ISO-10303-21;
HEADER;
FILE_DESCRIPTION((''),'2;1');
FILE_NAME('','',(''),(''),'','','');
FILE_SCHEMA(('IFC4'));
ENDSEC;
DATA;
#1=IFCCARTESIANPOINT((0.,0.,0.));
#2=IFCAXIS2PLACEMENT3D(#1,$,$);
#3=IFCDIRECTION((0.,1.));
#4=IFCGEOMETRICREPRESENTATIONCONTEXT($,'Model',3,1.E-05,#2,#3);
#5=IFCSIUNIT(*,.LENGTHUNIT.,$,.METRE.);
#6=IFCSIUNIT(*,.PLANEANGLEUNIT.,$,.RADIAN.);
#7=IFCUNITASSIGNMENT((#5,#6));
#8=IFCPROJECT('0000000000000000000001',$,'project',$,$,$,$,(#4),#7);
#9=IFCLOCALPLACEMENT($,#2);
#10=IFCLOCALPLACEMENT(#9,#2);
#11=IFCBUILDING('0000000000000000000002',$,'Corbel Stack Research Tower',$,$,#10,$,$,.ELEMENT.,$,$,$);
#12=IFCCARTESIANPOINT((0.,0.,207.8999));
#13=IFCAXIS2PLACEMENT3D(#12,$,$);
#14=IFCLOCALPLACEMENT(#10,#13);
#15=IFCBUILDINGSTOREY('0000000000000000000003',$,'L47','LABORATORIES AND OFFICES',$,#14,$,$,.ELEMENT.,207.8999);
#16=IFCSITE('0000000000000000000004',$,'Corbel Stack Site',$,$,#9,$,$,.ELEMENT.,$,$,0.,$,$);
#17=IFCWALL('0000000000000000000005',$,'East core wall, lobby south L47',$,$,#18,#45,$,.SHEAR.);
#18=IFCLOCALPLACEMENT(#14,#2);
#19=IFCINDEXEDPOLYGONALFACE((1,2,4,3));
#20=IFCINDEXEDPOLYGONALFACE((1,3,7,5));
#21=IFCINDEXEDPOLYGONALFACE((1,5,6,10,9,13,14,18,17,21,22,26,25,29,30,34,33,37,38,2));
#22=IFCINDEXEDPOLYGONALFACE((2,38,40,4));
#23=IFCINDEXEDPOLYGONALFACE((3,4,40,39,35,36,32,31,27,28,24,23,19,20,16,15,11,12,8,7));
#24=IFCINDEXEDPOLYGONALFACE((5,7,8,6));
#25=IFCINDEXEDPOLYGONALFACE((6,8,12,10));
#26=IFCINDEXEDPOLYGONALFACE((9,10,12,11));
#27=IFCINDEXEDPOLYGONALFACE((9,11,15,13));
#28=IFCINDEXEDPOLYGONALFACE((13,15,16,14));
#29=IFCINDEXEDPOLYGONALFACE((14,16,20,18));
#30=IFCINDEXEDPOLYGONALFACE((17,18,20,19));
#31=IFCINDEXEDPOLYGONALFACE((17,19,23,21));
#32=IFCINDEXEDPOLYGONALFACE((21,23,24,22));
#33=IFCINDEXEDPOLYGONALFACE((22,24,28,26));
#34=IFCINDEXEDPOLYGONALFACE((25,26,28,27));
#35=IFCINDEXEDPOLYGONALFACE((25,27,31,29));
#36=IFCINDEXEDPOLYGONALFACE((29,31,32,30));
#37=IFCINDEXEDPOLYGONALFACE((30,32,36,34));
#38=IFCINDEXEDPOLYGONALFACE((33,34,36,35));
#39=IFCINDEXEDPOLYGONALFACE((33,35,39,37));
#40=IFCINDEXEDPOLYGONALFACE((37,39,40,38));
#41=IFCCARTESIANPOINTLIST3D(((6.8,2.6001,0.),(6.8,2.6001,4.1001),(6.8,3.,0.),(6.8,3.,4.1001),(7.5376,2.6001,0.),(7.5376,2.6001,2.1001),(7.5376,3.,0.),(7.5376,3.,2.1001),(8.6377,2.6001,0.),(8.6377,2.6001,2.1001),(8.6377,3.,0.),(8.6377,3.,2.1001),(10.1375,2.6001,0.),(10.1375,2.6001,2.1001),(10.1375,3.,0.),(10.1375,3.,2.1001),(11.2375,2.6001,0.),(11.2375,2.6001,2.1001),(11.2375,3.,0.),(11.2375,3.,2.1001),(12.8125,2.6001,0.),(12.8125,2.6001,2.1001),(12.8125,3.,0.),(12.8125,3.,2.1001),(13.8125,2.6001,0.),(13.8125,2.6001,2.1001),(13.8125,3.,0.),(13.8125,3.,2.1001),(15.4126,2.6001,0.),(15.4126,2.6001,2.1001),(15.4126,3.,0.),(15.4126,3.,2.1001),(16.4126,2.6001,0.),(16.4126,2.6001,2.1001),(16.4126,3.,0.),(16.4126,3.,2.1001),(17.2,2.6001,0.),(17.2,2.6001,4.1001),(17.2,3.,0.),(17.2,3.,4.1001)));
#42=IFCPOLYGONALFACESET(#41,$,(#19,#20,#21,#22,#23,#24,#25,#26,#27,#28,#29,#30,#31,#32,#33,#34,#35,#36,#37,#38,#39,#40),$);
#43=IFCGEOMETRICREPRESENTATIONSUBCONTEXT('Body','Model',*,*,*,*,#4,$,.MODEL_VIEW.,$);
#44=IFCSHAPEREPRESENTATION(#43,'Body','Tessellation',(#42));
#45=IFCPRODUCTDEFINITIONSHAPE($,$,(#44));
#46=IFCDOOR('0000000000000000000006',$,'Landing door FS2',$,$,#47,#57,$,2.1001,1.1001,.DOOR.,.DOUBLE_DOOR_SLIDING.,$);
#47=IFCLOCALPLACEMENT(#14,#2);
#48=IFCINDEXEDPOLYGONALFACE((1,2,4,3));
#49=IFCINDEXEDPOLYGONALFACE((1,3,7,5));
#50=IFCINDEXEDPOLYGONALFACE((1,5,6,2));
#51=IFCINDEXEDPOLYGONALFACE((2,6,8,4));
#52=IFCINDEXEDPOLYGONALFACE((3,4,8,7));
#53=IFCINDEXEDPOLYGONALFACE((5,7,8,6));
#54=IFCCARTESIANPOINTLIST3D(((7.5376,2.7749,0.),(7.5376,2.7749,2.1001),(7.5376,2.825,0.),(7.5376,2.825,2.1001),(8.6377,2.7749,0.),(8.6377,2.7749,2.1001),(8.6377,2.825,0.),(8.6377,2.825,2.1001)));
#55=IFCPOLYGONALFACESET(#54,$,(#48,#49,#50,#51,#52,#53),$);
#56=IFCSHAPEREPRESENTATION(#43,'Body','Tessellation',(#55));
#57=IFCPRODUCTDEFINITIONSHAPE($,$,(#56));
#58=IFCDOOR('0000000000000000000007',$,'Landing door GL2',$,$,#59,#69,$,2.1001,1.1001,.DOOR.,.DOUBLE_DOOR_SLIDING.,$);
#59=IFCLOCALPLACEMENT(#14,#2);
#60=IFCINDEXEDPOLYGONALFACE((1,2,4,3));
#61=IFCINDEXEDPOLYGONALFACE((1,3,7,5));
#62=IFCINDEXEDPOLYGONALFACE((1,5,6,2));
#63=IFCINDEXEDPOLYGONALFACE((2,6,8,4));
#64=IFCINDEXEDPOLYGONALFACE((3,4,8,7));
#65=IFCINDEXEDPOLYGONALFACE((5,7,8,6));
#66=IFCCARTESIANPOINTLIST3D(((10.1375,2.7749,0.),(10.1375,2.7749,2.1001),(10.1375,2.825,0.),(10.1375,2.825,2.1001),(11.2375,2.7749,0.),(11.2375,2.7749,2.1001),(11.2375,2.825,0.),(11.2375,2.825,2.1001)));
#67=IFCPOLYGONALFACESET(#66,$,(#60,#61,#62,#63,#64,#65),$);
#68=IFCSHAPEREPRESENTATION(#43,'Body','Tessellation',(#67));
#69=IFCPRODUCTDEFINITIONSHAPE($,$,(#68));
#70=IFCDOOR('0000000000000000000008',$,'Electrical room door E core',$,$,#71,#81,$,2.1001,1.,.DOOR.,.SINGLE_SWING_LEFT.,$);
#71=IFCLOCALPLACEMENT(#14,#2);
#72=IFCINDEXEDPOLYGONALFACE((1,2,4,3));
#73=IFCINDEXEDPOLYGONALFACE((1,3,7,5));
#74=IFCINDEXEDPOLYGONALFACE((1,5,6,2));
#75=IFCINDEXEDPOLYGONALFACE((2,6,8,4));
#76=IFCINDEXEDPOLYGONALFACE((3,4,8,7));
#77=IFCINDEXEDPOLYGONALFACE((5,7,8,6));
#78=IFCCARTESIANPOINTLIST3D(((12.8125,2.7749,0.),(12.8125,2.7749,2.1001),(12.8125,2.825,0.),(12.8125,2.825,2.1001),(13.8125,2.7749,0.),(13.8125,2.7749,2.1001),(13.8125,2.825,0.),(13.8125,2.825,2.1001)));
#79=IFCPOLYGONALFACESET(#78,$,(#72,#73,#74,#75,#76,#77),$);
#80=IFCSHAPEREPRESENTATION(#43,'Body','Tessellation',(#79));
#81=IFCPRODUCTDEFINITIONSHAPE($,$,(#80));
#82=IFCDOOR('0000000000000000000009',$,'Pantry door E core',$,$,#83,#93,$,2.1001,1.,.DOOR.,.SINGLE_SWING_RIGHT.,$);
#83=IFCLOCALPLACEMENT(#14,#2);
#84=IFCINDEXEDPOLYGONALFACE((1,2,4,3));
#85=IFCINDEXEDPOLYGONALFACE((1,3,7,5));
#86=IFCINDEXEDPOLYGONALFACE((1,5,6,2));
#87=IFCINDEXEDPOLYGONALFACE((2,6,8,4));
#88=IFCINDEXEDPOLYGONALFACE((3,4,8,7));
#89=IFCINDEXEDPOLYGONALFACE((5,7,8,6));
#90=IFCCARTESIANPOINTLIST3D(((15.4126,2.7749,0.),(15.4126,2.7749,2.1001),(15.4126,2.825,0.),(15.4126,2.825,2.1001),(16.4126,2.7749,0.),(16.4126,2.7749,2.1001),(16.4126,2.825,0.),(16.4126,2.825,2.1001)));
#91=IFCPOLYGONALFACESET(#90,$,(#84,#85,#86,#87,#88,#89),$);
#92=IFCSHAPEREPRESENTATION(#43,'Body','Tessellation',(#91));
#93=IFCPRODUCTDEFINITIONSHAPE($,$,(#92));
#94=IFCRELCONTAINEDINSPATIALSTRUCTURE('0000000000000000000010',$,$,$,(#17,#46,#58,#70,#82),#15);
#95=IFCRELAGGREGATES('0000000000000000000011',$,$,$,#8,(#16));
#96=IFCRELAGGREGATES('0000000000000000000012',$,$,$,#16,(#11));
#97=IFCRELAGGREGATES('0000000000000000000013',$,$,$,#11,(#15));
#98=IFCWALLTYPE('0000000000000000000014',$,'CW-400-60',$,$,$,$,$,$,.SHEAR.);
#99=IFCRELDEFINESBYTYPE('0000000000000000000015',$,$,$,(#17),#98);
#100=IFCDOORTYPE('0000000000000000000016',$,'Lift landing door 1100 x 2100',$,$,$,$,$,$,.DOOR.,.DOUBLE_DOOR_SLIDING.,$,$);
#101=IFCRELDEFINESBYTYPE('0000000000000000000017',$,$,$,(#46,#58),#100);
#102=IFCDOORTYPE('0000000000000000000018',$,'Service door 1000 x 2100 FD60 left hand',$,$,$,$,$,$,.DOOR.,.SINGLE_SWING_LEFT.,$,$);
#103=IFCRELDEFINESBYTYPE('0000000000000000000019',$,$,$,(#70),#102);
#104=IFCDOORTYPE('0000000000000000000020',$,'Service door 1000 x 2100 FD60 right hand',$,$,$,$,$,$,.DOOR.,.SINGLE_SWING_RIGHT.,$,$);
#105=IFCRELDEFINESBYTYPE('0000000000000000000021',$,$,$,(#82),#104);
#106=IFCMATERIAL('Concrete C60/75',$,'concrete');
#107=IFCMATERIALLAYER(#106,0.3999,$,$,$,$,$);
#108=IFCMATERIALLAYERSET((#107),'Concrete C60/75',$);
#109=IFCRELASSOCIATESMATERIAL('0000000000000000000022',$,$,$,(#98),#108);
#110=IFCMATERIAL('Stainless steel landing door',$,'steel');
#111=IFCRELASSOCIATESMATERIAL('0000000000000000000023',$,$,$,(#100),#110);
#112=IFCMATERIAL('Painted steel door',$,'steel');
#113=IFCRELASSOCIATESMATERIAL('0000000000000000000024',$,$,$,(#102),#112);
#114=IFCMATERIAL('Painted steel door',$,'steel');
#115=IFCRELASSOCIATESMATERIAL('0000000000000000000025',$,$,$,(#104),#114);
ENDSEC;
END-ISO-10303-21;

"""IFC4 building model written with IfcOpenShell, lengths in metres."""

from ifc_helpers import new_model, si_unit, direction, frame, frame_2d, origin, place, context, subcontext, project, spatial, rectangle, extrude, material, layer, layer_set, type_object, element, fill, save


model = new_model("IFC4")

# Units and contexts
model_context = context("Model", 3, precision=1e-05, world=origin(), true_north=direction((0.0, 1.0)))
body_context = subcontext(model_context, "Body", "Model", "MODEL_VIEW")
ifc_project = project(units=[si_unit("LENGTHUNIT", "METRE"), si_unit("PLANEANGLEUNIT", "RADIAN")], contexts=[model_context])

# Site, building, storey
site_placement = place(None, origin())
site = spatial("IfcSite", under=ifc_project, at=site_placement, Name="Corbel Stack Site", CompositionType="ELEMENT", RefElevation=0.0)
building_placement = place(site_placement, origin())
building = spatial("IfcBuilding", under=site, at=building_placement, Name="Corbel Stack Research Tower", CompositionType="ELEMENT")
storey_placement = place(building_placement, frame((0.0, 0.0, 207.8999)))
storey = spatial("IfcBuildingStorey", under=building, at=storey_placement, Name="L47", Description="LABORATORIES AND OFFICES", CompositionType="ELEMENT", Elevation=207.8999)

# Wall, openings, doors
ifc_material_1 = material(Name="Concrete C60/75", Category="concrete")
ifc_layer_1 = layer(ifc_material_1, 0.3999)
ifc_layer_set_1 = layer_set([ifc_layer_1], Name="Concrete C60/75")
wall_type_1 = type_object("IfcWallType", Name="CW-400-60", PredefinedType="SHEAR", material=ifc_layer_set_1)
wall_1_placement = place(storey_placement, frame((6.8, 2.8, 0.0), z_axis=(0.0, 0.0, 1.0), x_axis=(1.0, 0.0, 0.0)))
wall_1 = element("IfcWall", 1, at=wall_1_placement, inside=storey, type_object=wall_type_1, Name="East core wall, lobby south L47", PredefinedType="SHEAR", context=body_context, shape_type="SweptSolid", body=[
    extrude(rectangle(XDim=10.3999, YDim=0.3999, at=frame_2d((5.2, 0.0))), origin(), (0.0, 0.0, 1.0), 4.1001),
])
opening_1_placement = place(wall_1_placement, frame((0.7375, 0.0, 0.0)))
opening_1 = element("IfcOpeningElement", 2, at=opening_1_placement, cuts=wall_1, PredefinedType="OPENING", context=body_context, shape_type="SweptSolid", body=[
    extrude(rectangle(XDim=1.1001, YDim=2.1001, at=frame_2d((0.55, 1.05))), frame((0.0, 0.21, 0.0), z_axis=(0.0, -1.0, 0.0), x_axis=(1.0, 0.0, 0.0)), (0.0, 0.0, 1.0), 0.4199),
])
opening_2_placement = place(wall_1_placement, frame((3.3374, 0.0, 0.0)))
opening_2 = element("IfcOpeningElement", 3, at=opening_2_placement, cuts=wall_1, PredefinedType="OPENING", context=body_context, shape_type="SweptSolid", body=[
    extrude(rectangle(XDim=1.1001, YDim=2.1001, at=frame_2d((0.55, 1.05))), frame((0.0, 0.21, 0.0), z_axis=(0.0, -1.0, 0.0), x_axis=(1.0, 0.0, 0.0)), (0.0, 0.0, 1.0), 0.4199),
])
opening_3_placement = place(wall_1_placement, frame((6.0125, 0.0, 0.0)))
opening_3 = element("IfcOpeningElement", 4, at=opening_3_placement, cuts=wall_1, PredefinedType="OPENING", context=body_context, shape_type="SweptSolid", body=[
    extrude(rectangle(XDim=1.0, YDim=2.1001, at=frame_2d((0.5, 1.05))), frame((0.0, 0.21, 0.0), z_axis=(0.0, -1.0, 0.0), x_axis=(1.0, 0.0, 0.0)), (0.0, 0.0, 1.0), 0.4199),
])
opening_4_placement = place(wall_1_placement, frame((8.6125, 0.0, 0.0)))
opening_4 = element("IfcOpeningElement", 5, at=opening_4_placement, cuts=wall_1, PredefinedType="OPENING", context=body_context, shape_type="SweptSolid", body=[
    extrude(rectangle(XDim=1.0, YDim=2.1001, at=frame_2d((0.5, 1.05))), frame((0.0, 0.21, 0.0), z_axis=(0.0, -1.0, 0.0), x_axis=(1.0, 0.0, 0.0)), (0.0, 0.0, 1.0), 0.4199),
])
ifc_material_2 = material(Name="Stainless steel landing door", Category="steel")
door_type_1 = type_object("IfcDoorType", Name="Lift landing door 1100 x 2100", OperationType="DOUBLE_DOOR_SLIDING", PredefinedType="DOOR", material=ifc_material_2)
door_1_placement = place(opening_1_placement, origin())
door_1 = element("IfcDoor", 6, at=door_1_placement, inside=storey, type_object=door_type_1, Name="Landing door FS2", OperationType="DOUBLE_DOOR_SLIDING", OverallHeight=2.1001, OverallWidth=1.1001, PredefinedType="DOOR", context=body_context, shape_type="SweptSolid", body=[
    extrude(rectangle(XDim=1.1001, YDim=2.1001, at=frame_2d((0.55, 1.05))), frame((0.0, 0.0249, 0.0), z_axis=(0.0, -1.0, 0.0), x_axis=(1.0, 0.0, 0.0)), (0.0, 0.0, 1.0), 0.05),
])
fill(opening_1, door_1)
door_2_placement = place(opening_2_placement, origin())
door_2 = element("IfcDoor", 7, at=door_2_placement, inside=storey, type_object=door_type_1, Name="Landing door GL2", OperationType="DOUBLE_DOOR_SLIDING", OverallHeight=2.1001, OverallWidth=1.1001, PredefinedType="DOOR", context=body_context, shape_type="SweptSolid", body=[
    extrude(rectangle(XDim=1.1001, YDim=2.1001, at=frame_2d((0.55, 1.05))), frame((0.0, 0.0249, 0.0), z_axis=(0.0, -1.0, 0.0), x_axis=(1.0, 0.0, 0.0)), (0.0, 0.0, 1.0), 0.05),
])
fill(opening_2, door_2)
ifc_material_3 = material(Name="Painted steel door", Category="steel")
door_type_2 = type_object("IfcDoorType", Name="Service door 1000 x 2100 FD60 left hand", OperationType="SINGLE_SWING_LEFT", PredefinedType="DOOR", material=ifc_material_3)
door_3_placement = place(opening_3_placement, origin())
door_3 = element("IfcDoor", 8, at=door_3_placement, inside=storey, type_object=door_type_2, Name="Electrical room door E core", OperationType="SINGLE_SWING_LEFT", OverallHeight=2.1001, OverallWidth=1.0, PredefinedType="DOOR", context=body_context, shape_type="SweptSolid", body=[
    extrude(rectangle(XDim=1.0, YDim=2.1001, at=frame_2d((0.5, 1.05))), frame((0.0, 0.0249, 0.0), z_axis=(0.0, -1.0, 0.0), x_axis=(1.0, 0.0, 0.0)), (0.0, 0.0, 1.0), 0.05),
])
fill(opening_3, door_3)
ifc_material_4 = material(Name="Painted steel door", Category="steel")
door_type_3 = type_object("IfcDoorType", Name="Service door 1000 x 2100 FD60 right hand", OperationType="SINGLE_SWING_RIGHT", PredefinedType="DOOR", material=ifc_material_4)
door_4_placement = place(opening_4_placement, origin())
door_4 = element("IfcDoor", 9, at=door_4_placement, inside=storey, type_object=door_type_3, Name="Pantry door E core", OperationType="SINGLE_SWING_RIGHT", OverallHeight=2.1001, OverallWidth=1.0, PredefinedType="DOOR", context=body_context, shape_type="SweptSolid", body=[
    extrude(rectangle(XDim=1.0, YDim=2.1001, at=frame_2d((0.5, 1.05))), frame((0.0, 0.0249, 0.0), z_axis=(0.0, -1.0, 0.0), x_axis=(1.0, 0.0, 0.0)), (0.0, 0.0, 1.0), 0.05),
])
fill(opening_4, door_4)

save(model, "model.ifc")
